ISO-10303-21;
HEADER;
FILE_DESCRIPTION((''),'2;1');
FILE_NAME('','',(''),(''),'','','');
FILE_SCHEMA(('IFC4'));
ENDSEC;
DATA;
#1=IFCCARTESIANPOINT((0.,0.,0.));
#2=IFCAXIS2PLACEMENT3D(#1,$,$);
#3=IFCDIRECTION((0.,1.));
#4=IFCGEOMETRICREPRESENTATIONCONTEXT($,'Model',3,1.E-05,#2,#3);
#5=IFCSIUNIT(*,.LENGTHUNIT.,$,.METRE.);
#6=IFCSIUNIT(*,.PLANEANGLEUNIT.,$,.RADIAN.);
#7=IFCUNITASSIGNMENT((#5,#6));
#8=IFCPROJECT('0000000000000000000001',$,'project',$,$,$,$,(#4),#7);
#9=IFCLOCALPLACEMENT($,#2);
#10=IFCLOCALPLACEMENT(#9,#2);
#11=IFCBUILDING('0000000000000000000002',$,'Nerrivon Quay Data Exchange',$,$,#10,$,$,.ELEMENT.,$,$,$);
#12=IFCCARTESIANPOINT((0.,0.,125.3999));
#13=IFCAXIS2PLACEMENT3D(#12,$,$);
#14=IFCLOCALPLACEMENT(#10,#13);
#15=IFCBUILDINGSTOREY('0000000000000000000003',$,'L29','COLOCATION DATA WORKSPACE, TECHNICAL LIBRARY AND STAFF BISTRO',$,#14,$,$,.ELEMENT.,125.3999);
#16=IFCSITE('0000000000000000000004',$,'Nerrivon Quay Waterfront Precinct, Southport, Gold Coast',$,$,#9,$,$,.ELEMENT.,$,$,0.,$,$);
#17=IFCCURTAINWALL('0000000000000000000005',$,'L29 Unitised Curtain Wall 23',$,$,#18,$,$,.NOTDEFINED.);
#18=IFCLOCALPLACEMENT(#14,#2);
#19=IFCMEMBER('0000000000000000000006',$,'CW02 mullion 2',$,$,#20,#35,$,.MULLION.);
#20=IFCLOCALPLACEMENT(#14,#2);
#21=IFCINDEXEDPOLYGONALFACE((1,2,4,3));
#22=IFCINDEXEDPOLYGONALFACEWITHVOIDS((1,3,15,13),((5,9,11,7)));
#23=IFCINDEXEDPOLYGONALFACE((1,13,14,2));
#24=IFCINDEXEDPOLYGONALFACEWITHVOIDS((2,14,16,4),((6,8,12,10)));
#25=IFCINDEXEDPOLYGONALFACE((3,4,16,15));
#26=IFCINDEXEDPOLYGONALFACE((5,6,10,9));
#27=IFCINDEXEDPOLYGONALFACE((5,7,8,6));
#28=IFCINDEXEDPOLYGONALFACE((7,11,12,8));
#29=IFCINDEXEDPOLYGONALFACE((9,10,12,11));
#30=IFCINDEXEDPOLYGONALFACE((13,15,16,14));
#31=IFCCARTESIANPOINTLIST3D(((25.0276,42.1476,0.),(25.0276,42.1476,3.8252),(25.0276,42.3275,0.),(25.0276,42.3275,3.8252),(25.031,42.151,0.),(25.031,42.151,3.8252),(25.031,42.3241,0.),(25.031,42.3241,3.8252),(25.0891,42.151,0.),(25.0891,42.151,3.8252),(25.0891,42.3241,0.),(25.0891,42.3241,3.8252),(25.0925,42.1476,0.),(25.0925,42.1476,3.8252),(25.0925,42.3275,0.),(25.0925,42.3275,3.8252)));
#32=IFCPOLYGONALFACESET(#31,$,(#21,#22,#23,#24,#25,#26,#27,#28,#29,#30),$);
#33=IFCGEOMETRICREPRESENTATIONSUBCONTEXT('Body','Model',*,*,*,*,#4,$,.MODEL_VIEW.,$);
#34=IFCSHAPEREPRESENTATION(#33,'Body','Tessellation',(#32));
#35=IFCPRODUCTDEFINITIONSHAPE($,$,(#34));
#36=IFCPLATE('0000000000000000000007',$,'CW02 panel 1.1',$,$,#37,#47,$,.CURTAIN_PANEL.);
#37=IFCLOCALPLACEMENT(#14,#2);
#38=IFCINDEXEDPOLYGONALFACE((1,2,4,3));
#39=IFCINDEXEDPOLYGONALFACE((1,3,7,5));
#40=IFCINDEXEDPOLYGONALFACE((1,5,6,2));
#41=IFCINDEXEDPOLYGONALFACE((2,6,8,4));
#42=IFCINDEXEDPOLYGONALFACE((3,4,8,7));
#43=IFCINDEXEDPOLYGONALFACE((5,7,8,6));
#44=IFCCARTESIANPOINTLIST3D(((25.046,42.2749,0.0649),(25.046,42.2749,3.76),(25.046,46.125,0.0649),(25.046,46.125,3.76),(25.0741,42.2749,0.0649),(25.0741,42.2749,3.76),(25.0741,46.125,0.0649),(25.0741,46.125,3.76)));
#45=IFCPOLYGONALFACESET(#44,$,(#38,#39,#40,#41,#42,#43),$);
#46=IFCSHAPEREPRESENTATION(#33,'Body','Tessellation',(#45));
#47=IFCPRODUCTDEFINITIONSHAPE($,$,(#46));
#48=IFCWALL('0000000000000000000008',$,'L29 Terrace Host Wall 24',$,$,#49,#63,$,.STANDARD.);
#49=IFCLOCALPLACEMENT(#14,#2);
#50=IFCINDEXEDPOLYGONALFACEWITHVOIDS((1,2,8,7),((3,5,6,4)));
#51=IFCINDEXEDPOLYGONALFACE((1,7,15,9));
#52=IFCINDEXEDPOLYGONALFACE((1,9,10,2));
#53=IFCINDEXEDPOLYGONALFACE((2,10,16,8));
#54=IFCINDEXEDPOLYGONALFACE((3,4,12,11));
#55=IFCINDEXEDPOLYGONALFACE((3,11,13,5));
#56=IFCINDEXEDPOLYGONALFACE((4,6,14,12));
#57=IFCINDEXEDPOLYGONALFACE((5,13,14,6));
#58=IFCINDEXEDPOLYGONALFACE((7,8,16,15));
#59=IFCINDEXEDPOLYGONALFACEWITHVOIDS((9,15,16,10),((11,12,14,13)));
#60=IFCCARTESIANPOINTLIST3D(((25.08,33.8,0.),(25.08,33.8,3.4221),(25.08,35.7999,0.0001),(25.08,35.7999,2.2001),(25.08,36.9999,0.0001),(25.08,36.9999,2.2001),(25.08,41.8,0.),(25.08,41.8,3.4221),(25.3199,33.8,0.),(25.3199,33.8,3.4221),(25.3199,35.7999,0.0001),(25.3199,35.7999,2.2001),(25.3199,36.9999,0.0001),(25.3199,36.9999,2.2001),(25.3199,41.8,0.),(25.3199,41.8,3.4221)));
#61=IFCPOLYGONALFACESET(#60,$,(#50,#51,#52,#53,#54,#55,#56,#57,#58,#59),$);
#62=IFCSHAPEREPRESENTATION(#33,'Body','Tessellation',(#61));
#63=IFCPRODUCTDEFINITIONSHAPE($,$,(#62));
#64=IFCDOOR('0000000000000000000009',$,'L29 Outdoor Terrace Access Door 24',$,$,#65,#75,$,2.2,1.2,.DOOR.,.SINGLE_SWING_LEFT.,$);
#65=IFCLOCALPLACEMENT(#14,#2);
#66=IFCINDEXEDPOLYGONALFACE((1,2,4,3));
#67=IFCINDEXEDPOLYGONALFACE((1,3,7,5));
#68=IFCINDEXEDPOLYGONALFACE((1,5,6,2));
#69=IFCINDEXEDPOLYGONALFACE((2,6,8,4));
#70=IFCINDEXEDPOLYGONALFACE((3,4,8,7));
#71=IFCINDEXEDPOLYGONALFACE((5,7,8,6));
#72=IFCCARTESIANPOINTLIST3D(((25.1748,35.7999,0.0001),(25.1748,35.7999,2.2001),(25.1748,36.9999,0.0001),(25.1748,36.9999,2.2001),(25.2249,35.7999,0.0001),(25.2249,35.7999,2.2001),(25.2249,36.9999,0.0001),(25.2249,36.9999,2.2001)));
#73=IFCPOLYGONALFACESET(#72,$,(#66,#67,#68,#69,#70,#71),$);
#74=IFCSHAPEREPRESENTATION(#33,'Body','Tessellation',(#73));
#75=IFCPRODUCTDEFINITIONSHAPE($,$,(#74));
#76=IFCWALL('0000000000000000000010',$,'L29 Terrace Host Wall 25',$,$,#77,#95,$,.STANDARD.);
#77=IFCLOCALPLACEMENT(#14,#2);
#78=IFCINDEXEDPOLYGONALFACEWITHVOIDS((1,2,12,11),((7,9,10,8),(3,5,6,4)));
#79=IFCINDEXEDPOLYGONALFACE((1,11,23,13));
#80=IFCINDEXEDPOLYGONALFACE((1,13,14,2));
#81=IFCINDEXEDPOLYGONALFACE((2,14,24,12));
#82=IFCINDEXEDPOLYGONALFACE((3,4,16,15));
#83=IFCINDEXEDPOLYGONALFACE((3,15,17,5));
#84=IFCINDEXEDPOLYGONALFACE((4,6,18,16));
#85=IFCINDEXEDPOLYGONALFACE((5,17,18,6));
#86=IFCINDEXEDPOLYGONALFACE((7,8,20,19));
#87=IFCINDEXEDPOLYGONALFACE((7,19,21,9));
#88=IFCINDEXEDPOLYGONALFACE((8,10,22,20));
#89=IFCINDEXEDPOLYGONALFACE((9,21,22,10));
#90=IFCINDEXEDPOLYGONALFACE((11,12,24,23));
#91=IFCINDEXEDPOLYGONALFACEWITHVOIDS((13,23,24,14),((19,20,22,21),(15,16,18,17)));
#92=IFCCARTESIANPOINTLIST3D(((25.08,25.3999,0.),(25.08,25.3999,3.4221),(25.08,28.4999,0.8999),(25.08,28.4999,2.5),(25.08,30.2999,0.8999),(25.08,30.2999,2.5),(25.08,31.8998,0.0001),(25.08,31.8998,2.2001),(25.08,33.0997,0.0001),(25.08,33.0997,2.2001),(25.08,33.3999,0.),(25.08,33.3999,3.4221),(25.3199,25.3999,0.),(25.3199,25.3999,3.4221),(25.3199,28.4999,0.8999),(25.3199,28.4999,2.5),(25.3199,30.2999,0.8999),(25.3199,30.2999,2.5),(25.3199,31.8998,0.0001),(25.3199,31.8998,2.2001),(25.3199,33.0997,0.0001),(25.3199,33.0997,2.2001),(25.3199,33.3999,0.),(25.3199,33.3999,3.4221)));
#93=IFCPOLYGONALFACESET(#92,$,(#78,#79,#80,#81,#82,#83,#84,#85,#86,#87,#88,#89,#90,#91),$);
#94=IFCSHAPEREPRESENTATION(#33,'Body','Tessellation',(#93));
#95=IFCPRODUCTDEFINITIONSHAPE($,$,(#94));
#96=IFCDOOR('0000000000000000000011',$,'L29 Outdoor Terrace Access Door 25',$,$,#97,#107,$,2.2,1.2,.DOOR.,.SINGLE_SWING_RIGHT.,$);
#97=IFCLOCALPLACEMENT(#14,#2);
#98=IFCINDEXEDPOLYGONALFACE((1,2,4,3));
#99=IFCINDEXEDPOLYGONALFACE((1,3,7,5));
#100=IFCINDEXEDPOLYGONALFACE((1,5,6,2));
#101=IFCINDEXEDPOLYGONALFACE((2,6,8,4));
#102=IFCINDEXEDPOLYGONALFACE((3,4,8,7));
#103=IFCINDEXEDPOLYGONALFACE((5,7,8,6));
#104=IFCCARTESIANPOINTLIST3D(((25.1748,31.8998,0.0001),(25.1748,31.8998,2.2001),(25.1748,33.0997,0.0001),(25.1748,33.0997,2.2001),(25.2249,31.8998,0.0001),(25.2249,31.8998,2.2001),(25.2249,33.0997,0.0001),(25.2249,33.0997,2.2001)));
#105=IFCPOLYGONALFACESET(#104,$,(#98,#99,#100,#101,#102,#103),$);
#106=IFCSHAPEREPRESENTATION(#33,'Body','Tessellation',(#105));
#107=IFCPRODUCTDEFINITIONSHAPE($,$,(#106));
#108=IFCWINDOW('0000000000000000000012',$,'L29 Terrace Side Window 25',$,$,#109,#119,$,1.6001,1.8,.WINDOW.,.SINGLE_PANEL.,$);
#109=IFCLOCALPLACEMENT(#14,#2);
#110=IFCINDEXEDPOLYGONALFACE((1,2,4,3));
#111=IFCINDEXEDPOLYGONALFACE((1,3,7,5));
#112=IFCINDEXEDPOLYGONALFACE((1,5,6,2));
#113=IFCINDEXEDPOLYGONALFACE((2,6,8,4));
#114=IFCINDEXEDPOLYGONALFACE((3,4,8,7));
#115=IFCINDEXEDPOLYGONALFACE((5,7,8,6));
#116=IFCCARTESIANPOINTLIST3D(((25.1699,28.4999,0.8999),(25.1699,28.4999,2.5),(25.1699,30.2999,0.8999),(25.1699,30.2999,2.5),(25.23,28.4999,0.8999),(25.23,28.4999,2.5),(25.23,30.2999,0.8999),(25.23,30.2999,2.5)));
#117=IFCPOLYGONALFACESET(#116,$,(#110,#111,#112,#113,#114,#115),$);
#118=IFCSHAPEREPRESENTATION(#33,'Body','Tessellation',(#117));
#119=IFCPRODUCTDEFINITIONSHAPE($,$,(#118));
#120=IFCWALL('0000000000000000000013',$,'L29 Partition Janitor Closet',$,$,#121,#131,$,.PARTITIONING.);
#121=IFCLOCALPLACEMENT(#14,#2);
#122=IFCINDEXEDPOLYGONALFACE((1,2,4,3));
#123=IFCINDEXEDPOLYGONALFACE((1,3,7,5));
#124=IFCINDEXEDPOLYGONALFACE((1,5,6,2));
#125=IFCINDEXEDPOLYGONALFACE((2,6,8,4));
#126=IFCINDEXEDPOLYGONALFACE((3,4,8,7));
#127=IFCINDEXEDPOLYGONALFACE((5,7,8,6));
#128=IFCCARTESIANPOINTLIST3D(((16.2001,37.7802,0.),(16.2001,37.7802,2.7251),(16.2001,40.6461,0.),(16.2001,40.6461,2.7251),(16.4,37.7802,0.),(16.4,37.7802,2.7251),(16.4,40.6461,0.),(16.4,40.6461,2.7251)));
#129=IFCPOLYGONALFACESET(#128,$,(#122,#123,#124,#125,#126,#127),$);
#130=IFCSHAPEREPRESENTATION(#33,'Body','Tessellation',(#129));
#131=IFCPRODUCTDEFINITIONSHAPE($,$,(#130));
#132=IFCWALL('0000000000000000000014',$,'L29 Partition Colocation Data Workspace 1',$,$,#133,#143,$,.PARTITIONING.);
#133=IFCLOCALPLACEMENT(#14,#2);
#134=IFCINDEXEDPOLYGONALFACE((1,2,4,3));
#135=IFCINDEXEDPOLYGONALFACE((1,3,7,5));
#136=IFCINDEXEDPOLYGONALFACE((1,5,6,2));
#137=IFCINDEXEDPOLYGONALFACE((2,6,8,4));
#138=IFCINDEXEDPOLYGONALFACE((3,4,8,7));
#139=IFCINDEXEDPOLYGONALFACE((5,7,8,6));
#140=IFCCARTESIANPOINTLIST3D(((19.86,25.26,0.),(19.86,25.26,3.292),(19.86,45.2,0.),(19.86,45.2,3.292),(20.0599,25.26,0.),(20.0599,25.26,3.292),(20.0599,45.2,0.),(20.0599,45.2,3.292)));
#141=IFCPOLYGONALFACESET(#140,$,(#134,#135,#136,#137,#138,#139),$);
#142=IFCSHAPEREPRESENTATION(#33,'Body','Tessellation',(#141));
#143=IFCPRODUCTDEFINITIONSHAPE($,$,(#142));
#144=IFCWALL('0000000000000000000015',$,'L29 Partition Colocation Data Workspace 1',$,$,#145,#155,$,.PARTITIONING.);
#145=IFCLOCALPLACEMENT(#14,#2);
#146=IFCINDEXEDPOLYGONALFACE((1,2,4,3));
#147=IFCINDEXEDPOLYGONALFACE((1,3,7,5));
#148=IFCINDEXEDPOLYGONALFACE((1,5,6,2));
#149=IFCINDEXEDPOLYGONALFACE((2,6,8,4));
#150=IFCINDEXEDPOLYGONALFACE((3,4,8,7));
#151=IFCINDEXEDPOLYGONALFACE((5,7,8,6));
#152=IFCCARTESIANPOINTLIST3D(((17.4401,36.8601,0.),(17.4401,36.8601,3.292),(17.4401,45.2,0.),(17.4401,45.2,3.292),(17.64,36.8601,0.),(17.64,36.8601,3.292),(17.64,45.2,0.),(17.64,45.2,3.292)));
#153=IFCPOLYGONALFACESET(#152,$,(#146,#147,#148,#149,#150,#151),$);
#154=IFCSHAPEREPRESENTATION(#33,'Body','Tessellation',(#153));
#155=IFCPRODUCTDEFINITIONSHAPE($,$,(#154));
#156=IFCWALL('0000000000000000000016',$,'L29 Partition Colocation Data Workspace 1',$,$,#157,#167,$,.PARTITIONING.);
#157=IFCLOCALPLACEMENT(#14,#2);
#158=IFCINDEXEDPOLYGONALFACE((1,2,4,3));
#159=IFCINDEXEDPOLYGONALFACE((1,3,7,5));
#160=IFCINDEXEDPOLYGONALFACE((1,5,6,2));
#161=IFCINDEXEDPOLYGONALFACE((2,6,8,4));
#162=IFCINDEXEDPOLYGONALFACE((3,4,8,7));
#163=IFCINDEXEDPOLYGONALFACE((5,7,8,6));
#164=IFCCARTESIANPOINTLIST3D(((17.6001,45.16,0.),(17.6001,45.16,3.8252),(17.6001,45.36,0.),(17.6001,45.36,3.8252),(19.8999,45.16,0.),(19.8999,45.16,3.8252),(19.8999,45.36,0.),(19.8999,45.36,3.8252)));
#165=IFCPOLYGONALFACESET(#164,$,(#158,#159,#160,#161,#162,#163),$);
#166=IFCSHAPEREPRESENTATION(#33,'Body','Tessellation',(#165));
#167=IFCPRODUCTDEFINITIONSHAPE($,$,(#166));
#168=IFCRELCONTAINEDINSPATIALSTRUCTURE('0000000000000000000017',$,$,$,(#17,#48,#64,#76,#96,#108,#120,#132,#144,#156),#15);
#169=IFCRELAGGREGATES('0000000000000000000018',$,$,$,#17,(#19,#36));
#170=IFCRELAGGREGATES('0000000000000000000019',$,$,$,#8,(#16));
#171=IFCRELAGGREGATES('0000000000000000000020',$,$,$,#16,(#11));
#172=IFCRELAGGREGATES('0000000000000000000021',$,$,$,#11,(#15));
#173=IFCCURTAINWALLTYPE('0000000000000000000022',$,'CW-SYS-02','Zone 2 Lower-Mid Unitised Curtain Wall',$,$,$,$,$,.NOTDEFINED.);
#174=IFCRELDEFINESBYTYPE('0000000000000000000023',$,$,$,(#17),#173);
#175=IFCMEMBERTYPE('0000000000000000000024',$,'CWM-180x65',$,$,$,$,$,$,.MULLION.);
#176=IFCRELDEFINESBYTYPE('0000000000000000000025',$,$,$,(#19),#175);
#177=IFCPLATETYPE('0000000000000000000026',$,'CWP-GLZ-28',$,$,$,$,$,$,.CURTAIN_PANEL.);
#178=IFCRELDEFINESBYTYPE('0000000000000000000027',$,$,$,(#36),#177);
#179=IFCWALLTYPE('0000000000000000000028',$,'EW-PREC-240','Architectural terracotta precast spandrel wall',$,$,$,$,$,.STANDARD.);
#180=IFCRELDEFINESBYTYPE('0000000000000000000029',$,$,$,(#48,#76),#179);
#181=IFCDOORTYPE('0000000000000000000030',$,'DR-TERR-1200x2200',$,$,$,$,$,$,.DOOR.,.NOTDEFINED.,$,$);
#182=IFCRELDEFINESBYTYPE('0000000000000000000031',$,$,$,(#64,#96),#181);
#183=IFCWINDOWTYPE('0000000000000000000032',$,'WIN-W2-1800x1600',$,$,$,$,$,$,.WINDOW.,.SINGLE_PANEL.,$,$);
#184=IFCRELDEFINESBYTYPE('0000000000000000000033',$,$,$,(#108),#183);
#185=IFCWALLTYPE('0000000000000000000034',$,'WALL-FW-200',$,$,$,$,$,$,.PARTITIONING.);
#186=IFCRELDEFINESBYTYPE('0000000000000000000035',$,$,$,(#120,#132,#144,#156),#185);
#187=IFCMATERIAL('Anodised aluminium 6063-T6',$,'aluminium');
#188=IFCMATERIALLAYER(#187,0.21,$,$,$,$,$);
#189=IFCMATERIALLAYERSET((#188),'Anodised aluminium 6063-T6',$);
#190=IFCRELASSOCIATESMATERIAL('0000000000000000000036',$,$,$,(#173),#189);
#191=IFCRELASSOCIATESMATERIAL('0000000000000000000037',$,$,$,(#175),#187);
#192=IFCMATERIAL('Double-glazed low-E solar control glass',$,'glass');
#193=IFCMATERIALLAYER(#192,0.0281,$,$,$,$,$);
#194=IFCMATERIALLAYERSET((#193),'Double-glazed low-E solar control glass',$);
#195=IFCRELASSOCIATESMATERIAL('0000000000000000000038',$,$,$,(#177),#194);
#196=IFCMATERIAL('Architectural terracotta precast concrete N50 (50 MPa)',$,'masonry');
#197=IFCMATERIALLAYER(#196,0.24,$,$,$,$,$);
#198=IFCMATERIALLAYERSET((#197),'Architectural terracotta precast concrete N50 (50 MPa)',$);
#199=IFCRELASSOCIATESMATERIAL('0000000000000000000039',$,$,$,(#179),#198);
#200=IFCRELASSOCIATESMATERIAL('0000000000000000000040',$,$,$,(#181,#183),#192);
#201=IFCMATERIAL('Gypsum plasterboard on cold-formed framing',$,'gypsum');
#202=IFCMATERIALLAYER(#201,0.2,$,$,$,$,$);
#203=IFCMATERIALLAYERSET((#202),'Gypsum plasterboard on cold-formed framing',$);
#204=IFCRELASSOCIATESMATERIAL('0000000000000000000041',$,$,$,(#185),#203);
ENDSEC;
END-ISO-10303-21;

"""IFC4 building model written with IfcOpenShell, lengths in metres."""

from ifc_helpers import new_model, si_unit, direction, frame, frame_2d, origin, origin_2d, place, context, subcontext, project, spatial, rectangle, hollow_rectangle, extrude, material, layer, layer_set, material_profile, profile_set, type_object, element, fill, aggregate, save


model = new_model("IFC4")

# Units and contexts
model_context = context("Model", 3, precision=1e-05, world=origin(), true_north=direction((0.0, 1.0)))
body_context = subcontext(model_context, "Body", "Model", "MODEL_VIEW")
ifc_project = project(units=[si_unit("LENGTHUNIT", "METRE"), si_unit("PLANEANGLEUNIT", "RADIAN")], contexts=[model_context])

# Site, building, storey
site_placement = place(None, origin())
site = spatial("IfcSite", under=ifc_project, at=site_placement, Name="Nerrivon Quay Waterfront Precinct, Southport, Gold Coast", CompositionType="ELEMENT", RefElevation=0.0)
building_placement = place(site_placement, origin())
building = spatial("IfcBuilding", under=site, at=building_placement, Name="Nerrivon Quay Data Exchange", CompositionType="ELEMENT")
storey_placement = place(building_placement, frame((0.0, 0.0, 125.3999)))
storey = spatial("IfcBuildingStorey", under=building, at=storey_placement, Name="L29", Description="COLOCATION DATA WORKSPACE, TECHNICAL LIBRARY AND STAFF BISTRO", CompositionType="ELEMENT", Elevation=125.3999)

# Curtain wall, member, plate
ifc_material_1 = material(Name="Anodised aluminium 6063-T6", Category="aluminium")
ifc_layer_1 = layer(ifc_material_1, 0.21)
ifc_layer_set_1 = layer_set([ifc_layer_1], Name="Anodised aluminium 6063-T6")
curtain_wall_type = type_object("IfcCurtainWallType", Name="CW-SYS-02", Description="Zone 2 Lower-Mid Unitised Curtain Wall", PredefinedType="NOTDEFINED", material=ifc_layer_set_1)
curtain_wall_placement = place(storey_placement, origin())
curtain_wall = element("IfcCurtainWall", 1, at=curtain_wall_placement, inside=storey, type_object=curtain_wall_type, Name="L29 Unitised Curtain Wall 23", PredefinedType="NOTDEFINED")
ifc_material_profile_1 = material_profile(ifc_material_1, hollow_rectangle(XDim=0.0649, YDim=0.1799, WallThickness=0.0034, at=origin_2d()), Name="ALU-MULL-180x65")
ifc_profile_set_1 = profile_set([ifc_material_profile_1], Name="Anodised aluminium 6063-T6")
member_type = type_object("IfcMemberType", Name="CWM-180x65", PredefinedType="MULLION", material=ifc_profile_set_1)
member_placement = place(storey_placement, frame((25.0601, 42.2375, 0.0), z_axis=(0.0, 0.0, 1.0), x_axis=(1.0, 0.0, 0.0)))
member = element("IfcMember", 2, at=member_placement, type_object=member_type, Name="CW02 mullion 2", PredefinedType="MULLION", context=body_context, shape_type="SweptSolid", body=[
    extrude(hollow_rectangle(XDim=0.0649, YDim=0.1799, WallThickness=0.0034, at=origin_2d()), origin(), (0.0, 0.0, 1.0), 3.8252),
])
ifc_material_2 = material(Name="Double-glazed low-E solar control glass", Category="glass")
ifc_layer_2 = layer(ifc_material_2, 0.0281)
ifc_layer_set_2 = layer_set([ifc_layer_2], Name="Double-glazed low-E solar control glass")
plate_type = type_object("IfcPlateType", Name="CWP-GLZ-28", PredefinedType="CURTAIN_PANEL", material=ifc_layer_set_2)
plate_placement = place(storey_placement, frame((25.0601, 44.2, 0.0649), z_axis=(0.0, 0.0, 1.0), x_axis=(0.0, -1.0, 0.0)))
plate = element("IfcPlate", 3, at=plate_placement, type_object=plate_type, Name="CW02 panel 1.1", PredefinedType="CURTAIN_PANEL", context=body_context, shape_type="SweptSolid", body=[
    extrude(rectangle(XDim=3.8501, YDim=0.0281, at=origin_2d()), origin(), (0.0, 0.0, 1.0), 3.6951),
])
aggregate(curtain_wall, [member, plate])

# Wall, opening, door
ifc_material_3 = material(Name="Architectural terracotta precast concrete N50 (50 MPa)", Category="masonry")
ifc_layer_3 = layer(ifc_material_3, 0.24)
ifc_layer_set_3 = layer_set([ifc_layer_3], Name="Architectural terracotta precast concrete N50 (50 MPa)")
wall_type_1 = type_object("IfcWallType", Name="EW-PREC-240", Description="Architectural terracotta precast spandrel wall", PredefinedType="STANDARD", material=ifc_layer_set_3)
wall_1_placement = place(storey_placement, frame((25.2, 41.8, 0.0), z_axis=(0.0, 0.0, 1.0), x_axis=(0.0, -1.0, 0.0)))
wall_1 = element("IfcWall", 4, at=wall_1_placement, inside=storey, type_object=wall_type_1, Name="L29 Terrace Host Wall 24", PredefinedType="STANDARD", context=body_context, shape_type="SweptSolid", body=[
    extrude(rectangle(XDim=8.0, YDim=0.24, at=frame_2d((4.0, 0.0))), origin(), (0.0, 0.0, 1.0), 3.4221),
])
opening_1_placement = place(wall_1_placement, frame((4.8, 0.0, 0.0)))
opening_1 = element("IfcOpeningElement", 5, at=opening_1_placement, cuts=wall_1, PredefinedType="OPENING", context=body_context, shape_type="SweptSolid", body=[
    extrude(rectangle(XDim=1.2, YDim=2.2, at=frame_2d((0.6001, 1.1001))), frame((0.0, 0.1299, 0.0), z_axis=(0.0, -1.0, 0.0), x_axis=(1.0, 0.0, 0.0)), (0.0, 0.0, 1.0), 0.26),
])
door_type_1 = type_object("IfcDoorType", Name="DR-TERR-1200x2200", OperationType="NOTDEFINED", PredefinedType="DOOR", material=ifc_material_2)
door_1_placement = place(opening_1_placement, origin())
door_1 = element("IfcDoor", 6, at=door_1_placement, inside=storey, type_object=door_type_1, Name="L29 Outdoor Terrace Access Door 24", OperationType="SINGLE_SWING_LEFT", OverallHeight=2.2, OverallWidth=1.2, PredefinedType="DOOR", context=body_context, shape_type="SweptSolid", body=[
    extrude(rectangle(XDim=1.2, YDim=2.2, at=frame_2d((0.6001, 1.1001))), frame((0.0, 0.0249, 0.0), z_axis=(0.0, -1.0, 0.0), x_axis=(1.0, 0.0, 0.0)), (0.0, 0.0, 1.0), 0.05),
])
fill(opening_1, door_1)

# Wall, openings, door, window
wall_2_placement = place(storey_placement, frame((25.2, 33.3999, 0.0), z_axis=(0.0, 0.0, 1.0), x_axis=(0.0, -1.0, 0.0)))
wall_2 = element("IfcWall", 7, at=wall_2_placement, inside=storey, type_object=wall_type_1, Name="L29 Terrace Host Wall 25", PredefinedType="STANDARD", context=body_context, shape_type="SweptSolid", body=[
    extrude(rectangle(XDim=8.0, YDim=0.24, at=frame_2d((4.0, 0.0))), origin(), (0.0, 0.0, 1.0), 3.4221),
])
opening_2_placement = place(wall_2_placement, frame((0.3, 0.0, 0.0)))
opening_2 = element("IfcOpeningElement", 8, at=opening_2_placement, cuts=wall_2, PredefinedType="OPENING", context=body_context, shape_type="SweptSolid", body=[
    extrude(rectangle(XDim=1.2, YDim=2.2, at=frame_2d((0.6001, 1.1001))), frame((0.0, 0.1299, 0.0), z_axis=(0.0, -1.0, 0.0), x_axis=(1.0, 0.0, 0.0)), (0.0, 0.0, 1.0), 0.26),
])
opening_3_placement = place(wall_2_placement, frame((3.1001, 0.0, 0.8999)))
opening_3 = element("IfcOpeningElement", 9, at=opening_3_placement, cuts=wall_2, PredefinedType="OPENING", context=body_context, shape_type="SweptSolid", body=[
    extrude(rectangle(XDim=1.8, YDim=1.6001, at=frame_2d((0.8999, 0.8))), frame((0.0, 0.1299, 0.0), z_axis=(0.0, -1.0, 0.0), x_axis=(1.0, 0.0, 0.0)), (0.0, 0.0, 1.0), 0.26),
])
door_2_placement = place(opening_2_placement, origin())
door_2 = element("IfcDoor", 10, at=door_2_placement, inside=storey, type_object=door_type_1, Name="L29 Outdoor Terrace Access Door 25", OperationType="SINGLE_SWING_RIGHT", OverallHeight=2.2, OverallWidth=1.2, PredefinedType="DOOR", context=body_context, shape_type="SweptSolid", body=[
    extrude(rectangle(XDim=1.2, YDim=2.2, at=frame_2d((0.6001, 1.1001))), frame((0.0, 0.0249, 0.0), z_axis=(0.0, -1.0, 0.0), x_axis=(1.0, 0.0, 0.0)), (0.0, 0.0, 1.0), 0.05),
])
fill(opening_2, door_2)
window_type = type_object("IfcWindowType", Name="WIN-W2-1800x1600", PartitioningType="SINGLE_PANEL", PredefinedType="WINDOW", material=ifc_material_2)
window_placement = place(opening_3_placement, origin())
window = element("IfcWindow", 11, at=window_placement, inside=storey, type_object=window_type, Name="L29 Terrace Side Window 25", OverallHeight=1.6001, OverallWidth=1.8, PartitioningType="SINGLE_PANEL", PredefinedType="WINDOW", context=body_context, shape_type="SweptSolid", body=[
    extrude(rectangle(XDim=1.8, YDim=1.6001, at=frame_2d((0.8999, 0.8))), frame((0.0, 0.03, 0.0), z_axis=(0.0, -1.0, 0.0), x_axis=(1.0, 0.0, 0.0)), (0.0, 0.0, 1.0), 0.0601),
])
fill(opening_3, window)

# Walls
ifc_material_4 = material(Name="Gypsum plasterboard on cold-formed framing", Category="gypsum")
ifc_layer_4 = layer(ifc_material_4, 0.2)
ifc_layer_set_4 = layer_set([ifc_layer_4], Name="Gypsum plasterboard on cold-formed framing")
wall_type_2 = type_object("IfcWallType", Name="WALL-FW-200", PredefinedType="PARTITIONING", material=ifc_layer_set_4)
wall_3_placement = place(storey_placement, frame((16.3, 37.78, 0.0), z_axis=(0.0, 0.0, 1.0), x_axis=(0.0, 1.0, 0.0)))
element("IfcWall", 12, at=wall_3_placement, inside=storey, type_object=wall_type_2, Name="L29 Partition Janitor Closet", PredefinedType="PARTITIONING", context=body_context, shape_type="SweptSolid", body=[
    extrude(rectangle(XDim=2.866, YDim=0.2, at=frame_2d((1.4331, 0.0))), origin(), (0.0, 0.0, 1.0), 2.7251),
])
wall_4_placement = place(storey_placement, frame((19.96, 45.2, 0.0), z_axis=(0.0, 0.0, 1.0), x_axis=(0.0, -1.0, 0.0)))
element("IfcWall", 13, at=wall_4_placement, inside=storey, type_object=wall_type_2, Name="L29 Partition Colocation Data Workspace 1", PredefinedType="PARTITIONING", context=body_context, shape_type="SweptSolid", body=[
    extrude(rectangle(XDim=19.9399, YDim=0.2, at=frame_2d((9.97, 0.0))), origin(), (0.0, 0.0, 1.0), 3.292),
])
wall_5_placement = place(storey_placement, frame((17.54, 36.8601, 0.0), z_axis=(0.0, 0.0, 1.0), x_axis=(0.0, 1.0, 0.0)))
element("IfcWall", 14, at=wall_5_placement, inside=storey, type_object=wall_type_2, Name="L29 Partition Colocation Data Workspace 1", PredefinedType="PARTITIONING", context=body_context, shape_type="SweptSolid", body=[
    extrude(rectangle(XDim=8.3398, YDim=0.2, at=frame_2d((4.1699, 0.0))), origin(), (0.0, 0.0, 1.0), 3.292),
])
wall_6_placement = place(storey_placement, frame((17.6001, 45.26, 0.0), z_axis=(0.0, 0.0, 1.0), x_axis=(1.0, 0.0, 0.0)))
element("IfcWall", 15, at=wall_6_placement, inside=storey, type_object=wall_type_2, Name="L29 Partition Colocation Data Workspace 1", PredefinedType="PARTITIONING", context=body_context, shape_type="SweptSolid", body=[
    extrude(rectangle(XDim=2.2998, YDim=0.2, at=frame_2d((1.1499, 0.0))), origin(), (0.0, 0.0, 1.0), 3.8252),
])

save(model, "model.ifc")
